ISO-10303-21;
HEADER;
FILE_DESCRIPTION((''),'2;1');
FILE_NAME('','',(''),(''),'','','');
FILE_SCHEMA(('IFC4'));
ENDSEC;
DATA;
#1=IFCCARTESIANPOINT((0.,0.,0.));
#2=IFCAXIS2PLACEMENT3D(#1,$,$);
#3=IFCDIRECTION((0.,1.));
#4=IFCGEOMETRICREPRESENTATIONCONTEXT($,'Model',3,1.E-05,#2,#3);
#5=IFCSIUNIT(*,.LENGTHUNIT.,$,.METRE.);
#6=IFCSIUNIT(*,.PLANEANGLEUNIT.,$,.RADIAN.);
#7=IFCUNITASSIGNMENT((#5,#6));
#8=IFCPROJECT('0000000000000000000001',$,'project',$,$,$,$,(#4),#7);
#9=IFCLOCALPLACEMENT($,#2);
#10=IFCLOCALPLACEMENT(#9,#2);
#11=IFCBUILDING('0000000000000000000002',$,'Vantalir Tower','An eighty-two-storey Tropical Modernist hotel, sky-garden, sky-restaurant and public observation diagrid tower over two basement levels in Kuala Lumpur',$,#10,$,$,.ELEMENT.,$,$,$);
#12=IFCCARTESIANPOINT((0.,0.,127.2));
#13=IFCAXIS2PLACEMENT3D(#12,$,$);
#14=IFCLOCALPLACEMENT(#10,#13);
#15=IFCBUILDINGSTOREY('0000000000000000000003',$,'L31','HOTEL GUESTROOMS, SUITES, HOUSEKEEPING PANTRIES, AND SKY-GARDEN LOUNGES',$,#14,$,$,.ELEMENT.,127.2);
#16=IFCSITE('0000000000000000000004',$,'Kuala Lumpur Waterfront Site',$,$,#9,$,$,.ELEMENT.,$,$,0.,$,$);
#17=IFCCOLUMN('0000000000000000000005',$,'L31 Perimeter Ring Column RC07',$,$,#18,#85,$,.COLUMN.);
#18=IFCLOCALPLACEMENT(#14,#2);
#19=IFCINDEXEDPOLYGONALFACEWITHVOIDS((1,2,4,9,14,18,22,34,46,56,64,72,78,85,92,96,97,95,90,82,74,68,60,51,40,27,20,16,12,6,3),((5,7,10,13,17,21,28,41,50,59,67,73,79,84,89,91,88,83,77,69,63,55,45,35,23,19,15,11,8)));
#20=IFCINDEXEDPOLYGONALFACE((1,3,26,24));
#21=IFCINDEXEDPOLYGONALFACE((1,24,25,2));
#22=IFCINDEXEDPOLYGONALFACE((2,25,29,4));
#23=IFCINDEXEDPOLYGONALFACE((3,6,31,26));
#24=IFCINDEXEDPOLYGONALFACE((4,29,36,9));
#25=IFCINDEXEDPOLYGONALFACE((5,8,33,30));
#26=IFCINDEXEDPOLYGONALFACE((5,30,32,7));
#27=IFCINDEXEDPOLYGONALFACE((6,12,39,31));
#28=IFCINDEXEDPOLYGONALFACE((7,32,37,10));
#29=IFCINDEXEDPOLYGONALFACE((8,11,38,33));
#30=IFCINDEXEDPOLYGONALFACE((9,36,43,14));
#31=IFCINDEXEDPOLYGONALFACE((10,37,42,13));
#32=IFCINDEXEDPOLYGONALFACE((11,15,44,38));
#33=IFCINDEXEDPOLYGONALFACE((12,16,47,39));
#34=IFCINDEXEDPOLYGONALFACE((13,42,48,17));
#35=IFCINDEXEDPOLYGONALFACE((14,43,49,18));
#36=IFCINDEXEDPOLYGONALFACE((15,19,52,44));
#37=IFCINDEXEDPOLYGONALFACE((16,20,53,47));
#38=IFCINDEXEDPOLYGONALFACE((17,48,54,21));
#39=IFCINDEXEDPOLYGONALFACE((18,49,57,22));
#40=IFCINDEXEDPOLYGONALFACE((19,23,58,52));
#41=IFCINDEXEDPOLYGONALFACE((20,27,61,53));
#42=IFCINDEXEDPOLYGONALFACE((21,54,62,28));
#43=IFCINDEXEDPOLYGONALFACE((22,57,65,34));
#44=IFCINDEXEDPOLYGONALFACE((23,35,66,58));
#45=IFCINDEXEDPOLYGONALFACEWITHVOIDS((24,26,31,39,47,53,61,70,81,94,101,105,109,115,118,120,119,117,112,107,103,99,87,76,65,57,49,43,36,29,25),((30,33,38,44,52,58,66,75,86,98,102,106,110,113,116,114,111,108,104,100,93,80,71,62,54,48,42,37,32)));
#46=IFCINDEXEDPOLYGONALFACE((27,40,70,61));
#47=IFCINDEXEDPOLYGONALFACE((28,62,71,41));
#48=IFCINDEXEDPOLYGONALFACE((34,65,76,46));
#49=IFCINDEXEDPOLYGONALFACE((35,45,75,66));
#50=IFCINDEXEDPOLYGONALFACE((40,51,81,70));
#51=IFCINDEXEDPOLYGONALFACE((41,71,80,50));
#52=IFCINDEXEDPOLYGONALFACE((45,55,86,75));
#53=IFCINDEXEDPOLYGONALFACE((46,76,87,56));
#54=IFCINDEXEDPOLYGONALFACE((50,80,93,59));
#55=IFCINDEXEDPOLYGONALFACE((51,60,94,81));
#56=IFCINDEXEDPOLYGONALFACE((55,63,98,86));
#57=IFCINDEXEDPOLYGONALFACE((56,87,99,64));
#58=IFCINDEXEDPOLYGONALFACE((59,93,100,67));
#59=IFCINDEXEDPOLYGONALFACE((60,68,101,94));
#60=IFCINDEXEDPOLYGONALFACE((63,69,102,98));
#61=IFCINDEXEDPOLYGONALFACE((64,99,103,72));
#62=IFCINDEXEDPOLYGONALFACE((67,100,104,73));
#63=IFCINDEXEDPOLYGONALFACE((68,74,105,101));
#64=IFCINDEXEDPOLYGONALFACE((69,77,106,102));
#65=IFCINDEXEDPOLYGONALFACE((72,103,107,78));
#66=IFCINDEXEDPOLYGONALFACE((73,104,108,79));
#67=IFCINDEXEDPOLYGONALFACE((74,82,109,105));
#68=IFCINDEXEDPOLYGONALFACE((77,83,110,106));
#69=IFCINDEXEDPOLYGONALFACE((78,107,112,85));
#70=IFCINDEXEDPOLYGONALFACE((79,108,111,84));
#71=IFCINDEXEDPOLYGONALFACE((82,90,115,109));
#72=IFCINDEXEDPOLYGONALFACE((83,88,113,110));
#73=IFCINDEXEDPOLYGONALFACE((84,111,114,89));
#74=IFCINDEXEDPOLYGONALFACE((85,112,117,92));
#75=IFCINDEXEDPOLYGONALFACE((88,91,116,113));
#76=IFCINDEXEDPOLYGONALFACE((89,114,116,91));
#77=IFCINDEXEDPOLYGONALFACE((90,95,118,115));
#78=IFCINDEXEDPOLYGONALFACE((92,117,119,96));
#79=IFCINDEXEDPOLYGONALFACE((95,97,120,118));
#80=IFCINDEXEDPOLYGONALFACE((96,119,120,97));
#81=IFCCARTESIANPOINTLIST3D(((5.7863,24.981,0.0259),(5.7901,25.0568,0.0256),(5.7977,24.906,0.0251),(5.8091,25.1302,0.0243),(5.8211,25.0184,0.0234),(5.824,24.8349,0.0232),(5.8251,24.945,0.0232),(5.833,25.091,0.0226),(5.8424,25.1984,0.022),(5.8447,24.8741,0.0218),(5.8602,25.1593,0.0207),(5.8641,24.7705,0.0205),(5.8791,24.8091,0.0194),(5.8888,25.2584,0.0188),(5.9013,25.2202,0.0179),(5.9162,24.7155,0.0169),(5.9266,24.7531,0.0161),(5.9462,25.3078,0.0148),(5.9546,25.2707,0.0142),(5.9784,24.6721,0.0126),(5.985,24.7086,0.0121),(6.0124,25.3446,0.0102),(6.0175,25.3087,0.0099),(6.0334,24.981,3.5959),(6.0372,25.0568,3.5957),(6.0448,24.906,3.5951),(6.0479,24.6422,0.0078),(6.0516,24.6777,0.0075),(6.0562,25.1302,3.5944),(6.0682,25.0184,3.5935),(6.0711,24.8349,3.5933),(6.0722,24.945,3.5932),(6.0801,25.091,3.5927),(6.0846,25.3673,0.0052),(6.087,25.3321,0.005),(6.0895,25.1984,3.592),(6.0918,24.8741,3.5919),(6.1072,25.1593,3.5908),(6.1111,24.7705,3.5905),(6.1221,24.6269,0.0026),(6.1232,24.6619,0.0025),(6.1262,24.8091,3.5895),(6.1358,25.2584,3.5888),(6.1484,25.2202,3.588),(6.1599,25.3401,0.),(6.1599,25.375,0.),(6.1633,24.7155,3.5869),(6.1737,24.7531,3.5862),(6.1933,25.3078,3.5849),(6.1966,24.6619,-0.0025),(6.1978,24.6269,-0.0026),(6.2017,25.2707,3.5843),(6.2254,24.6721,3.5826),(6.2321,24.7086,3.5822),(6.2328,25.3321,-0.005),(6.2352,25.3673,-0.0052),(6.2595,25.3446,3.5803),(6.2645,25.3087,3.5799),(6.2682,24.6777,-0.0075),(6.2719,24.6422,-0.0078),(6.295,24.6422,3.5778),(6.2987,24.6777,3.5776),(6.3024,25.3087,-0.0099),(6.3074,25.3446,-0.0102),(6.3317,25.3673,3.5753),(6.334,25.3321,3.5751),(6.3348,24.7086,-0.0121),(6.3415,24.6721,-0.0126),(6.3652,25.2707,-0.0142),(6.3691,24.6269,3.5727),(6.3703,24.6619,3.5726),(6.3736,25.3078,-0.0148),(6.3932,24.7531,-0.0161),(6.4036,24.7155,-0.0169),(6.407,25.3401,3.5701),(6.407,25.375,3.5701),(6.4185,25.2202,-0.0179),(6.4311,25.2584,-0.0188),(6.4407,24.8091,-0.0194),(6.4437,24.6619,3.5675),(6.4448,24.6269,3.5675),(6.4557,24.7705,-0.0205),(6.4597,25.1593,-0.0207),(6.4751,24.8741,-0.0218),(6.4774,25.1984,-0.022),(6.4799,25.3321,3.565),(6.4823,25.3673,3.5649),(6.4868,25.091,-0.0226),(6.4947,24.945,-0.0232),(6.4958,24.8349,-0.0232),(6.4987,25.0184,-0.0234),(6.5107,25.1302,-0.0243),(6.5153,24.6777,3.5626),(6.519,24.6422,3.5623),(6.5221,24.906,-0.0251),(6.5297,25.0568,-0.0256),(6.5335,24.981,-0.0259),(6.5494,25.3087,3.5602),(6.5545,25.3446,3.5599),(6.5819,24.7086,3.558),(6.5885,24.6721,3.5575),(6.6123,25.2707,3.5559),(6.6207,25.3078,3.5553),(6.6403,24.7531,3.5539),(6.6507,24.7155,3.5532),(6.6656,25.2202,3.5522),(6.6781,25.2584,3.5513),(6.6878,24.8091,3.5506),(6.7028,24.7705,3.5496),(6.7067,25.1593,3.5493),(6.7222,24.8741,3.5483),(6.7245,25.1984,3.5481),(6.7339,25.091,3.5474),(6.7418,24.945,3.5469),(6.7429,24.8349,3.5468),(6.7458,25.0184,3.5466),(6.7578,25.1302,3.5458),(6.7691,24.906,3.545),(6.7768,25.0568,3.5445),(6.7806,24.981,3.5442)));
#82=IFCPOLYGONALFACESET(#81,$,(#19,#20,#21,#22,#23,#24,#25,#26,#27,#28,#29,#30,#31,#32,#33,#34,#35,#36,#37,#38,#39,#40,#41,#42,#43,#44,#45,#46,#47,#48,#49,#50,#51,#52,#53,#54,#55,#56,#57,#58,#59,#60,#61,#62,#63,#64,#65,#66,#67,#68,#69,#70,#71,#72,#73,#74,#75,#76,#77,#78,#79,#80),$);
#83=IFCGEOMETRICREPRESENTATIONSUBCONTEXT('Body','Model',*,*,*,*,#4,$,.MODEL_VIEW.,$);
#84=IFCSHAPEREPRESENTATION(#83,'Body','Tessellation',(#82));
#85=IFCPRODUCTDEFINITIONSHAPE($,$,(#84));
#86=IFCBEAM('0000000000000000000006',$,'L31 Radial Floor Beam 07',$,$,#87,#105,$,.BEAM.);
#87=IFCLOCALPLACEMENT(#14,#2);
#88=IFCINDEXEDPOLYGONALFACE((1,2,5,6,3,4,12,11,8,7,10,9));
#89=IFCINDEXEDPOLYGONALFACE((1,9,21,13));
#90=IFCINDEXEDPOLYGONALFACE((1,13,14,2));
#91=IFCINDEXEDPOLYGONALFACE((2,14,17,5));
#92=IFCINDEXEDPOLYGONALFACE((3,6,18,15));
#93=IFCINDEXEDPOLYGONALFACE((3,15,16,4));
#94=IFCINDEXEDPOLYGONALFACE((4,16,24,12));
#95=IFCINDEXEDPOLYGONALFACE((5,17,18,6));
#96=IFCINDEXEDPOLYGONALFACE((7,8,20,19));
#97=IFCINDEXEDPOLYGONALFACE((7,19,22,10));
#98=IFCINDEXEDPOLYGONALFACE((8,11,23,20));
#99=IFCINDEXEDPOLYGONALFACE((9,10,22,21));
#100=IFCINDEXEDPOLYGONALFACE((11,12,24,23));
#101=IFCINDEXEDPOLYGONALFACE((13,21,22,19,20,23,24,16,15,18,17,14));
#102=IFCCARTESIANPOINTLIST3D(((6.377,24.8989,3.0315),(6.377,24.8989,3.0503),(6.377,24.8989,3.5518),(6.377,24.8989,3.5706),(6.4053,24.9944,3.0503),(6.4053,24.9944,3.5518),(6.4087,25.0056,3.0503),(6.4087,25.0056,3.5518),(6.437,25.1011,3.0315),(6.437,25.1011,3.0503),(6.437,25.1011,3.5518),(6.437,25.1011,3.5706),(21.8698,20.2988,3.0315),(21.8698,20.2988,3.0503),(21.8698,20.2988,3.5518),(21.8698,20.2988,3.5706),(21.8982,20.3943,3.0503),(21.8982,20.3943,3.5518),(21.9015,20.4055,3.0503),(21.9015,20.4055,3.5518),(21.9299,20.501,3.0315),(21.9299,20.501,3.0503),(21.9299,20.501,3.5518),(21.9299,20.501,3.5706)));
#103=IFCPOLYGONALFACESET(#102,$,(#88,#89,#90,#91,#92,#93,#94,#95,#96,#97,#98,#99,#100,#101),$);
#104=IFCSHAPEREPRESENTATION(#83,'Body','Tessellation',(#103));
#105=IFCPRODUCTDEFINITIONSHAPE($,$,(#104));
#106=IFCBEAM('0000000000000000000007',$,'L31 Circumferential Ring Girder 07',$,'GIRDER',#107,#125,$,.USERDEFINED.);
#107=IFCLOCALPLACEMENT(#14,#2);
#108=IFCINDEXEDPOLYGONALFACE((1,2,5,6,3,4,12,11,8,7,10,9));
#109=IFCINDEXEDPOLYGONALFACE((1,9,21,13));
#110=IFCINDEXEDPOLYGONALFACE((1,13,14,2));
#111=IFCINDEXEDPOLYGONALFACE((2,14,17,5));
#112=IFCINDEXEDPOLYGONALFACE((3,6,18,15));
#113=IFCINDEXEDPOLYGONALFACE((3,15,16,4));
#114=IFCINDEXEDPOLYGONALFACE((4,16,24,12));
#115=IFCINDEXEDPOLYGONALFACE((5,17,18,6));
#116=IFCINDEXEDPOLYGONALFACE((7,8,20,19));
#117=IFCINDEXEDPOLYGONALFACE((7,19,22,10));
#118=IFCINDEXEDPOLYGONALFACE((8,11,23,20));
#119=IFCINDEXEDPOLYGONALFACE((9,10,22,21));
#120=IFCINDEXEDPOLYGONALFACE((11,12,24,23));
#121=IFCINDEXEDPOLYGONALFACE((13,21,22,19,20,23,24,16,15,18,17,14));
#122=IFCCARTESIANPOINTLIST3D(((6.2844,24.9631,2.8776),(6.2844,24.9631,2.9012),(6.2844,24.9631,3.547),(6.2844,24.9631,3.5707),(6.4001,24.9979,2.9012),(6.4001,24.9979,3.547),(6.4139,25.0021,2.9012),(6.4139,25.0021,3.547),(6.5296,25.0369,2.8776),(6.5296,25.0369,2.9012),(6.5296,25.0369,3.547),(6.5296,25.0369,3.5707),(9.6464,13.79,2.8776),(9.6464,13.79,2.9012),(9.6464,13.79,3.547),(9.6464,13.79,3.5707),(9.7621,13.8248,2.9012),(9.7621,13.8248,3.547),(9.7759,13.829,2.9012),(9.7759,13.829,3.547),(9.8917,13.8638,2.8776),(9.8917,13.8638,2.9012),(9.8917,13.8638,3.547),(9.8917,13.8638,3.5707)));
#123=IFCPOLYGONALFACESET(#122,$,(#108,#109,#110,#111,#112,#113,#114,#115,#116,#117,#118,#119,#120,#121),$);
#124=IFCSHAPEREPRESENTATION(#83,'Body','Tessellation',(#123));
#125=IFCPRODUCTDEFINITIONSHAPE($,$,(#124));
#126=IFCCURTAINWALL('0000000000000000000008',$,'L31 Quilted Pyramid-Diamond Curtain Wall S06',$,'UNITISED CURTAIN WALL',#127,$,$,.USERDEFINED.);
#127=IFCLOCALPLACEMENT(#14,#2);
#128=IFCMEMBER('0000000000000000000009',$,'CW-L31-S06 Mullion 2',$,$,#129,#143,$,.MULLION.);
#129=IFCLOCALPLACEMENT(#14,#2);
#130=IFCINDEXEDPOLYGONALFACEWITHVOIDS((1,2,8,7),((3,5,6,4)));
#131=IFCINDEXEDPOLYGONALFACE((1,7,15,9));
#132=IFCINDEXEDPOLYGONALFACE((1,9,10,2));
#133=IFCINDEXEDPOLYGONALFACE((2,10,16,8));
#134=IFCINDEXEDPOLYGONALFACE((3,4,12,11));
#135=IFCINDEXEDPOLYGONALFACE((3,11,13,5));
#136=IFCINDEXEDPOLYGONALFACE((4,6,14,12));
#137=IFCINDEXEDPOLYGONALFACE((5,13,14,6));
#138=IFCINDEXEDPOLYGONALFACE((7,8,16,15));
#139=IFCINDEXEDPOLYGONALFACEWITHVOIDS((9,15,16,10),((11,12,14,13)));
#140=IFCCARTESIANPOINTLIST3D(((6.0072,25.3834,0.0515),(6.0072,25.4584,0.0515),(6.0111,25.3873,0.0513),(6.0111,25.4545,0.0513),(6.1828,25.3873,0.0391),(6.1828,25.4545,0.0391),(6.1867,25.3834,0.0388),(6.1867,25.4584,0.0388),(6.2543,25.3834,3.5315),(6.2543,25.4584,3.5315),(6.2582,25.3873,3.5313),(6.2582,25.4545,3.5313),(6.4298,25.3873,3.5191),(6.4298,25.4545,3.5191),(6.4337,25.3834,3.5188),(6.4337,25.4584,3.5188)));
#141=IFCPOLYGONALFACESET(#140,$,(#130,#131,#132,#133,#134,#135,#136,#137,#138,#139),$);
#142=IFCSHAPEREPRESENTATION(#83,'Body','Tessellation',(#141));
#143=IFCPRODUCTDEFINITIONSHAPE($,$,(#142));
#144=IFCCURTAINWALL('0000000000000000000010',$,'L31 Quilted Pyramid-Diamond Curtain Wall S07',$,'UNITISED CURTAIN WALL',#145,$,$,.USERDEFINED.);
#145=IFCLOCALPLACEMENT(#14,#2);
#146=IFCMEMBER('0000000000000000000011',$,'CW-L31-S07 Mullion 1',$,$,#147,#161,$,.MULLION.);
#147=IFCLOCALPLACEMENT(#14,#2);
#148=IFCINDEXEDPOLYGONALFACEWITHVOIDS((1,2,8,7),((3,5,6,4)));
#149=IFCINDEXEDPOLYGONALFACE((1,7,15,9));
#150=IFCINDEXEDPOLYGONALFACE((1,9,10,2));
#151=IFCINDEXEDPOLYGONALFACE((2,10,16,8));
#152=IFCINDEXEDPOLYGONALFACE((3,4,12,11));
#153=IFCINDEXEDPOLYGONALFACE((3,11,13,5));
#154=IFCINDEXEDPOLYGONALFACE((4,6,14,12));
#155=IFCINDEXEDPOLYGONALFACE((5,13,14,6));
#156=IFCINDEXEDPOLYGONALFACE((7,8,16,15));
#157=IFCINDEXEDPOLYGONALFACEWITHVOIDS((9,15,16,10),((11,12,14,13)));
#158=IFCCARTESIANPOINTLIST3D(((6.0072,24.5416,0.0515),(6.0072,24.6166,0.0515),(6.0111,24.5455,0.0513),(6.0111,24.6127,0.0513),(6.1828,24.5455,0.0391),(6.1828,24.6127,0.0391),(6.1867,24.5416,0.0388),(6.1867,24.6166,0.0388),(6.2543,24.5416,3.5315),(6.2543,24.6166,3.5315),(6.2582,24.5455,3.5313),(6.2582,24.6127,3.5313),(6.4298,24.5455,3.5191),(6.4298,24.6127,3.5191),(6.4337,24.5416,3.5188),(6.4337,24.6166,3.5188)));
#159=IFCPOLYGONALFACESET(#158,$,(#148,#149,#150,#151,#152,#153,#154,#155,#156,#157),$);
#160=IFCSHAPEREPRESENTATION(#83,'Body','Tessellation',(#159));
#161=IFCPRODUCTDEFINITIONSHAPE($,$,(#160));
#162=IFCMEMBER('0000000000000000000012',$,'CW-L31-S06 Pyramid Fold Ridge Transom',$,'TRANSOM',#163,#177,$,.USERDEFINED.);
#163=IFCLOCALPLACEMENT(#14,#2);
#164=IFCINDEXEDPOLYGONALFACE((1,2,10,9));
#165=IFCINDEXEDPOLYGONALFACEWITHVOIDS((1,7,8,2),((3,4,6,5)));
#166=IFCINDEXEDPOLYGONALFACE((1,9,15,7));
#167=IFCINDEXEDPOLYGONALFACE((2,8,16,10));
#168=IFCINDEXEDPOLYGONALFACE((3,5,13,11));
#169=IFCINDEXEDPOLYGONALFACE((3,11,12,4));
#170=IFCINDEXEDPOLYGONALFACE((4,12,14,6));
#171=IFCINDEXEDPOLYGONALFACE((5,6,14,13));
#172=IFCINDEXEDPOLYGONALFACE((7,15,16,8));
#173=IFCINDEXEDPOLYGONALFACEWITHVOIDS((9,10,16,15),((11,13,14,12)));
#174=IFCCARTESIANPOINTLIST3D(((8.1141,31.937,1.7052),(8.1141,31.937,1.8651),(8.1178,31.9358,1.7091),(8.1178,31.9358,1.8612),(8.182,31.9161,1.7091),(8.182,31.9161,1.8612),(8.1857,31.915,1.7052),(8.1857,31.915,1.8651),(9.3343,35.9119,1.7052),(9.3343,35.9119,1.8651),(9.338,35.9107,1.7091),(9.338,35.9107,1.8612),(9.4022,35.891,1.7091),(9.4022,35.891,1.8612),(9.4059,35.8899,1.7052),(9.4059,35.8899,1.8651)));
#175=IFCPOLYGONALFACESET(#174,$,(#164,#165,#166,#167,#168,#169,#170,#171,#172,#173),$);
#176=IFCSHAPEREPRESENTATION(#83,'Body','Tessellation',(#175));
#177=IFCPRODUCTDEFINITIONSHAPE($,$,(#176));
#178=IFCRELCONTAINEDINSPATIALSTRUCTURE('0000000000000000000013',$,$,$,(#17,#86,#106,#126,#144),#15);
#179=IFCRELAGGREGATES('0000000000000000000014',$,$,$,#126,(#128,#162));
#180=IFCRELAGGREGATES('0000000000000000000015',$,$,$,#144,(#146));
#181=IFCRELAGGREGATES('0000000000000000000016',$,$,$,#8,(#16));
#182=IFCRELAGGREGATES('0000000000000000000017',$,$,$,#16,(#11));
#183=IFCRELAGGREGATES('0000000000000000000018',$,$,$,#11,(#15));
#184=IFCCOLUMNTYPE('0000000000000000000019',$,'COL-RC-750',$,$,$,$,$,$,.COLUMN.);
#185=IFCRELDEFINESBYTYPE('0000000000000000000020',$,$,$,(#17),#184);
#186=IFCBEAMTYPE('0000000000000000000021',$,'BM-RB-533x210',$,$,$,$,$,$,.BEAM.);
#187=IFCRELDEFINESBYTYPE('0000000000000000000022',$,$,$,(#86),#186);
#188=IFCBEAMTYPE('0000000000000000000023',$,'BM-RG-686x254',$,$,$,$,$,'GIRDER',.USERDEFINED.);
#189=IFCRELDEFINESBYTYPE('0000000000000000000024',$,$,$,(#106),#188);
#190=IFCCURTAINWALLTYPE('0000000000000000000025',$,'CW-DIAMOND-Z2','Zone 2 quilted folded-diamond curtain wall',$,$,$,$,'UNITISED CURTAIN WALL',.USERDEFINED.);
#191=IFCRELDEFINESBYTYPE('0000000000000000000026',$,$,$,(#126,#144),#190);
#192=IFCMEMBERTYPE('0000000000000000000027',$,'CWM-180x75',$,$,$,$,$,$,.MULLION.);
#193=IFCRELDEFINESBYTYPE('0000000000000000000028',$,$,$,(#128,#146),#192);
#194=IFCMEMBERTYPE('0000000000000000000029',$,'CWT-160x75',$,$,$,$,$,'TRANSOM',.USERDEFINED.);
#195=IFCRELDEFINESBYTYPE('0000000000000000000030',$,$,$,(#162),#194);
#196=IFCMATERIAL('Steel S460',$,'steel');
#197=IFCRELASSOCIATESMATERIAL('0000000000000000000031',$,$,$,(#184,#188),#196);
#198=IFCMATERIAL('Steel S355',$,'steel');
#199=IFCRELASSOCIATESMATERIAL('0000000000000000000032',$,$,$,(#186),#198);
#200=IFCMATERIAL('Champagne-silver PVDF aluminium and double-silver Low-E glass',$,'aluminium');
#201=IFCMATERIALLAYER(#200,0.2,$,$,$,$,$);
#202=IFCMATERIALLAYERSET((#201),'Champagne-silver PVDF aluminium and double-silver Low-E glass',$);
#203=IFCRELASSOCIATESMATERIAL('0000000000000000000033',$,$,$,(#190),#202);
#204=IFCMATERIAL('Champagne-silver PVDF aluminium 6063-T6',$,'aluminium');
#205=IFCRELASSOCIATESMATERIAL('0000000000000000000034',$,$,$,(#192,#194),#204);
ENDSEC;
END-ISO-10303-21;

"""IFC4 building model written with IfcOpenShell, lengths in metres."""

from ifc_helpers import new_model, si_unit, direction, frame, origin, origin_2d, place, context, subcontext, project, spatial, hollow_rectangle, hollow_circle, i_section, extrude, material, layer, layer_set, material_profile, profile_set, type_object, element, aggregate, save


model = new_model("IFC4")

# Units and contexts
model_context = context("Model", 3, precision=1e-05, world=origin(), true_north=direction((0.0, 1.0)))
body_context = subcontext(model_context, "Body", "Model", "MODEL_VIEW")
ifc_project = project(units=[si_unit("LENGTHUNIT", "METRE"), si_unit("PLANEANGLEUNIT", "RADIAN")], contexts=[model_context])

# Site, building, storey
site_placement = place(None, origin())
site = spatial("IfcSite", under=ifc_project, at=site_placement, Name="Kuala Lumpur Waterfront Site", CompositionType="ELEMENT", RefElevation=0.0)
building_placement = place(site_placement, origin())
building = spatial("IfcBuilding", under=site, at=building_placement, Name="Vantalir Tower", Description="An eighty-two-storey Tropical Modernist hotel, sky-garden, sky-restaurant and public observation diagrid tower over two basement levels in Kuala Lumpur", CompositionType="ELEMENT")
storey_placement = place(building_placement, frame((0.0, 0.0, 127.2)))
storey = spatial("IfcBuildingStorey", under=building, at=storey_placement, Name="L31", Description="HOTEL GUESTROOMS, SUITES, HOUSEKEEPING PANTRIES, AND SKY-GARDEN LOUNGES", CompositionType="ELEMENT", Elevation=127.2)

# Column
ifc_material_1 = material(Name="Steel S460", Category="steel")
ifc_material_profile_1 = material_profile(ifc_material_1, hollow_circle(Radius=0.375, WallThickness=0.0349, at=origin_2d()), Name="Steel S460")
ifc_profile_set_1 = profile_set([ifc_material_profile_1], Name="Steel S460")
column_type = type_object("IfcColumnType", Name="COL-RC-750", PredefinedType="COLUMN", material=ifc_profile_set_1)
column_placement = place(storey_placement, frame((6.1599, 25.0, 0.0), z_axis=(0.069041, 0.0, 0.997614), x_axis=(0.0, 1.0, 0.0)))
element("IfcColumn", 1, at=column_placement, inside=storey, type_object=column_type, Name="L31 Perimeter Ring Column RC07", PredefinedType="COLUMN", context=body_context, shape_type="SweptSolid", body=[
    extrude(hollow_circle(Radius=0.375, WallThickness=0.0349, at=origin_2d()), origin(), (0.0, 0.0, 1.0), 3.5786),
])

# Beams
ifc_material_2 = material(Name="Steel S355", Category="steel")
ifc_material_profile_2 = material_profile(ifc_material_2, i_section(OverallWidth=0.2109, OverallDepth=0.5391, WebThickness=0.0117, FlangeThickness=0.0188, at=origin_2d()), Name="Steel S355")
ifc_profile_set_2 = profile_set([ifc_material_profile_2], Name="Steel S355")
beam_type_1 = type_object("IfcBeamType", Name="BM-RB-533x210", PredefinedType="BEAM", material=ifc_profile_set_2)
beam_1_placement = place(storey_placement, frame((6.407, 25.0, 3.301), z_axis=(0.958636, -0.284635, 0.0), x_axis=(0.284635, 0.958636, 0.0)))
element("IfcBeam", 2, at=beam_1_placement, inside=storey, type_object=beam_type_1, Name="L31 Radial Floor Beam 07", PredefinedType="BEAM", context=body_context, shape_type="SweptSolid", body=[
    extrude(i_section(OverallWidth=0.2109, OverallDepth=0.5391, WebThickness=0.0117, FlangeThickness=0.0188, at=origin_2d()), origin(), (0.0, 0.0, 1.0), 16.1614),
])
ifc_material_profile_3 = material_profile(ifc_material_1, i_section(OverallWidth=0.2561, OverallDepth=0.6931, WebThickness=0.0144, FlangeThickness=0.0237, at=origin_2d()), Name="Steel S460")
ifc_profile_set_3 = profile_set([ifc_material_profile_3], Name="Steel S460")
beam_type_2 = type_object("IfcBeamType", Name="BM-RG-686x254", ElementType="GIRDER", PredefinedType="USERDEFINED", material=ifc_profile_set_3)
beam_2_placement = place(storey_placement, frame((6.407, 25.0, 3.2241), z_axis=(0.288144, -0.957587, 0.0), x_axis=(0.957587, 0.288144, 0.0)))
element("IfcBeam", 3, at=beam_2_placement, inside=storey, type_object=beam_type_2, Name="L31 Circumferential Ring Girder 07", ObjectType="GIRDER", PredefinedType="USERDEFINED", context=body_context, shape_type="SweptSolid", body=[
    extrude(i_section(OverallWidth=0.2561, OverallDepth=0.6931, WebThickness=0.0144, FlangeThickness=0.0237, at=origin_2d()), origin(), (0.0, 0.0, 1.0), 11.668),
])

# Curtain walls, members
ifc_material_3 = material(Name="Champagne-silver PVDF aluminium and double-silver Low-E glass", Category="aluminium")
ifc_layer_1 = layer(ifc_material_3, 0.2)
ifc_layer_set_1 = layer_set([ifc_layer_1], Name="Champagne-silver PVDF aluminium and double-silver Low-E glass")
curtain_wall_type = type_object("IfcCurtainWallType", Name="CW-DIAMOND-Z2", Description="Zone 2 quilted folded-diamond curtain wall", ElementType="UNITISED CURTAIN WALL", PredefinedType="USERDEFINED", material=ifc_layer_set_1)
curtain_wall_1_placement = place(storey_placement, origin())
curtain_wall_1 = element("IfcCurtainWall", 4, at=curtain_wall_1_placement, inside=storey, type_object=curtain_wall_type, Name="L31 Quilted Pyramid-Diamond Curtain Wall S06", ObjectType="UNITISED CURTAIN WALL", PredefinedType="USERDEFINED")
ifc_material_4 = material(Name="Champagne-silver PVDF aluminium 6063-T6", Category="aluminium")
ifc_material_profile_4 = material_profile(ifc_material_4, hollow_rectangle(XDim=0.075, YDim=0.1799, WallThickness=0.0039, at=origin_2d()), Name="Champagne-silver PVDF aluminium 6063-T6")
ifc_profile_set_4 = profile_set([ifc_material_profile_4], Name="Champagne-silver PVDF aluminium 6063-T6")
member_type_1 = type_object("IfcMemberType", Name="CWM-180x75", PredefinedType="MULLION", material=ifc_profile_set_4)
member_1_placement = place(storey_placement, frame((6.0969, 25.4209, 0.0452), z_axis=(0.070819, 0.0, 0.997489), x_axis=(0.0, 1.0, 0.0)))
member_1 = element("IfcMember", 5, at=member_1_placement, type_object=member_type_1, Name="CW-L31-S06 Mullion 2", PredefinedType="MULLION", context=body_context, shape_type="SweptSolid", body=[
    extrude(hollow_rectangle(XDim=0.075, YDim=0.1799, WallThickness=0.0039, at=origin_2d()), origin(), (0.0, 0.0, 1.0), 3.4888),
])
curtain_wall_2_placement = place(storey_placement, origin())
curtain_wall_2 = element("IfcCurtainWall", 6, at=curtain_wall_2_placement, inside=storey, type_object=curtain_wall_type, Name="L31 Quilted Pyramid-Diamond Curtain Wall S07", ObjectType="UNITISED CURTAIN WALL", PredefinedType="USERDEFINED")
member_2_placement = place(storey_placement, frame((6.0969, 24.5791, 0.0452), z_axis=(0.070819, 0.0, 0.997489), x_axis=(0.0, 1.0, 0.0)))
member_2 = element("IfcMember", 7, at=member_2_placement, type_object=member_type_1, Name="CW-L31-S07 Mullion 1", PredefinedType="MULLION", context=body_context, shape_type="SweptSolid", body=[
    extrude(hollow_rectangle(XDim=0.075, YDim=0.1799, WallThickness=0.0039, at=origin_2d()), origin(), (0.0, 0.0, 1.0), 3.4888),
])

# Member
ifc_material_profile_5 = material_profile(ifc_material_4, hollow_rectangle(XDim=0.075, YDim=0.1599, WallThickness=0.0039, at=origin_2d()), Name="Champagne-silver PVDF aluminium 6063-T6")
ifc_profile_set_5 = profile_set([ifc_material_profile_5], Name="Champagne-silver PVDF aluminium 6063-T6")
member_type_2 = type_object("IfcMemberType", Name="CWT-160x75", ElementType="TRANSOM", PredefinedType="USERDEFINED", material=ifc_profile_set_5)
member_3_placement = place(storey_placement, frame((9.3701, 35.9009, 1.7852), z_axis=(-0.293467, -0.955969, 0.0), x_axis=(0.955969, -0.293467, 0.0)))
member_3 = element("IfcMember", 8, at=member_3_placement, type_object=member_type_2, Name="CW-L31-S06 Pyramid Fold Ridge Transom", ObjectType="TRANSOM", PredefinedType="USERDEFINED", context=body_context, shape_type="SweptSolid", body=[
    extrude(hollow_rectangle(XDim=0.075, YDim=0.1599, WallThickness=0.0039, at=origin_2d()), origin(), (0.0, 0.0, 1.0), 4.158),
])

aggregate(curtain_wall_1, [member_1, member_3])
aggregate(curtain_wall_2, [member_2])

save(model, "model.ifc")
